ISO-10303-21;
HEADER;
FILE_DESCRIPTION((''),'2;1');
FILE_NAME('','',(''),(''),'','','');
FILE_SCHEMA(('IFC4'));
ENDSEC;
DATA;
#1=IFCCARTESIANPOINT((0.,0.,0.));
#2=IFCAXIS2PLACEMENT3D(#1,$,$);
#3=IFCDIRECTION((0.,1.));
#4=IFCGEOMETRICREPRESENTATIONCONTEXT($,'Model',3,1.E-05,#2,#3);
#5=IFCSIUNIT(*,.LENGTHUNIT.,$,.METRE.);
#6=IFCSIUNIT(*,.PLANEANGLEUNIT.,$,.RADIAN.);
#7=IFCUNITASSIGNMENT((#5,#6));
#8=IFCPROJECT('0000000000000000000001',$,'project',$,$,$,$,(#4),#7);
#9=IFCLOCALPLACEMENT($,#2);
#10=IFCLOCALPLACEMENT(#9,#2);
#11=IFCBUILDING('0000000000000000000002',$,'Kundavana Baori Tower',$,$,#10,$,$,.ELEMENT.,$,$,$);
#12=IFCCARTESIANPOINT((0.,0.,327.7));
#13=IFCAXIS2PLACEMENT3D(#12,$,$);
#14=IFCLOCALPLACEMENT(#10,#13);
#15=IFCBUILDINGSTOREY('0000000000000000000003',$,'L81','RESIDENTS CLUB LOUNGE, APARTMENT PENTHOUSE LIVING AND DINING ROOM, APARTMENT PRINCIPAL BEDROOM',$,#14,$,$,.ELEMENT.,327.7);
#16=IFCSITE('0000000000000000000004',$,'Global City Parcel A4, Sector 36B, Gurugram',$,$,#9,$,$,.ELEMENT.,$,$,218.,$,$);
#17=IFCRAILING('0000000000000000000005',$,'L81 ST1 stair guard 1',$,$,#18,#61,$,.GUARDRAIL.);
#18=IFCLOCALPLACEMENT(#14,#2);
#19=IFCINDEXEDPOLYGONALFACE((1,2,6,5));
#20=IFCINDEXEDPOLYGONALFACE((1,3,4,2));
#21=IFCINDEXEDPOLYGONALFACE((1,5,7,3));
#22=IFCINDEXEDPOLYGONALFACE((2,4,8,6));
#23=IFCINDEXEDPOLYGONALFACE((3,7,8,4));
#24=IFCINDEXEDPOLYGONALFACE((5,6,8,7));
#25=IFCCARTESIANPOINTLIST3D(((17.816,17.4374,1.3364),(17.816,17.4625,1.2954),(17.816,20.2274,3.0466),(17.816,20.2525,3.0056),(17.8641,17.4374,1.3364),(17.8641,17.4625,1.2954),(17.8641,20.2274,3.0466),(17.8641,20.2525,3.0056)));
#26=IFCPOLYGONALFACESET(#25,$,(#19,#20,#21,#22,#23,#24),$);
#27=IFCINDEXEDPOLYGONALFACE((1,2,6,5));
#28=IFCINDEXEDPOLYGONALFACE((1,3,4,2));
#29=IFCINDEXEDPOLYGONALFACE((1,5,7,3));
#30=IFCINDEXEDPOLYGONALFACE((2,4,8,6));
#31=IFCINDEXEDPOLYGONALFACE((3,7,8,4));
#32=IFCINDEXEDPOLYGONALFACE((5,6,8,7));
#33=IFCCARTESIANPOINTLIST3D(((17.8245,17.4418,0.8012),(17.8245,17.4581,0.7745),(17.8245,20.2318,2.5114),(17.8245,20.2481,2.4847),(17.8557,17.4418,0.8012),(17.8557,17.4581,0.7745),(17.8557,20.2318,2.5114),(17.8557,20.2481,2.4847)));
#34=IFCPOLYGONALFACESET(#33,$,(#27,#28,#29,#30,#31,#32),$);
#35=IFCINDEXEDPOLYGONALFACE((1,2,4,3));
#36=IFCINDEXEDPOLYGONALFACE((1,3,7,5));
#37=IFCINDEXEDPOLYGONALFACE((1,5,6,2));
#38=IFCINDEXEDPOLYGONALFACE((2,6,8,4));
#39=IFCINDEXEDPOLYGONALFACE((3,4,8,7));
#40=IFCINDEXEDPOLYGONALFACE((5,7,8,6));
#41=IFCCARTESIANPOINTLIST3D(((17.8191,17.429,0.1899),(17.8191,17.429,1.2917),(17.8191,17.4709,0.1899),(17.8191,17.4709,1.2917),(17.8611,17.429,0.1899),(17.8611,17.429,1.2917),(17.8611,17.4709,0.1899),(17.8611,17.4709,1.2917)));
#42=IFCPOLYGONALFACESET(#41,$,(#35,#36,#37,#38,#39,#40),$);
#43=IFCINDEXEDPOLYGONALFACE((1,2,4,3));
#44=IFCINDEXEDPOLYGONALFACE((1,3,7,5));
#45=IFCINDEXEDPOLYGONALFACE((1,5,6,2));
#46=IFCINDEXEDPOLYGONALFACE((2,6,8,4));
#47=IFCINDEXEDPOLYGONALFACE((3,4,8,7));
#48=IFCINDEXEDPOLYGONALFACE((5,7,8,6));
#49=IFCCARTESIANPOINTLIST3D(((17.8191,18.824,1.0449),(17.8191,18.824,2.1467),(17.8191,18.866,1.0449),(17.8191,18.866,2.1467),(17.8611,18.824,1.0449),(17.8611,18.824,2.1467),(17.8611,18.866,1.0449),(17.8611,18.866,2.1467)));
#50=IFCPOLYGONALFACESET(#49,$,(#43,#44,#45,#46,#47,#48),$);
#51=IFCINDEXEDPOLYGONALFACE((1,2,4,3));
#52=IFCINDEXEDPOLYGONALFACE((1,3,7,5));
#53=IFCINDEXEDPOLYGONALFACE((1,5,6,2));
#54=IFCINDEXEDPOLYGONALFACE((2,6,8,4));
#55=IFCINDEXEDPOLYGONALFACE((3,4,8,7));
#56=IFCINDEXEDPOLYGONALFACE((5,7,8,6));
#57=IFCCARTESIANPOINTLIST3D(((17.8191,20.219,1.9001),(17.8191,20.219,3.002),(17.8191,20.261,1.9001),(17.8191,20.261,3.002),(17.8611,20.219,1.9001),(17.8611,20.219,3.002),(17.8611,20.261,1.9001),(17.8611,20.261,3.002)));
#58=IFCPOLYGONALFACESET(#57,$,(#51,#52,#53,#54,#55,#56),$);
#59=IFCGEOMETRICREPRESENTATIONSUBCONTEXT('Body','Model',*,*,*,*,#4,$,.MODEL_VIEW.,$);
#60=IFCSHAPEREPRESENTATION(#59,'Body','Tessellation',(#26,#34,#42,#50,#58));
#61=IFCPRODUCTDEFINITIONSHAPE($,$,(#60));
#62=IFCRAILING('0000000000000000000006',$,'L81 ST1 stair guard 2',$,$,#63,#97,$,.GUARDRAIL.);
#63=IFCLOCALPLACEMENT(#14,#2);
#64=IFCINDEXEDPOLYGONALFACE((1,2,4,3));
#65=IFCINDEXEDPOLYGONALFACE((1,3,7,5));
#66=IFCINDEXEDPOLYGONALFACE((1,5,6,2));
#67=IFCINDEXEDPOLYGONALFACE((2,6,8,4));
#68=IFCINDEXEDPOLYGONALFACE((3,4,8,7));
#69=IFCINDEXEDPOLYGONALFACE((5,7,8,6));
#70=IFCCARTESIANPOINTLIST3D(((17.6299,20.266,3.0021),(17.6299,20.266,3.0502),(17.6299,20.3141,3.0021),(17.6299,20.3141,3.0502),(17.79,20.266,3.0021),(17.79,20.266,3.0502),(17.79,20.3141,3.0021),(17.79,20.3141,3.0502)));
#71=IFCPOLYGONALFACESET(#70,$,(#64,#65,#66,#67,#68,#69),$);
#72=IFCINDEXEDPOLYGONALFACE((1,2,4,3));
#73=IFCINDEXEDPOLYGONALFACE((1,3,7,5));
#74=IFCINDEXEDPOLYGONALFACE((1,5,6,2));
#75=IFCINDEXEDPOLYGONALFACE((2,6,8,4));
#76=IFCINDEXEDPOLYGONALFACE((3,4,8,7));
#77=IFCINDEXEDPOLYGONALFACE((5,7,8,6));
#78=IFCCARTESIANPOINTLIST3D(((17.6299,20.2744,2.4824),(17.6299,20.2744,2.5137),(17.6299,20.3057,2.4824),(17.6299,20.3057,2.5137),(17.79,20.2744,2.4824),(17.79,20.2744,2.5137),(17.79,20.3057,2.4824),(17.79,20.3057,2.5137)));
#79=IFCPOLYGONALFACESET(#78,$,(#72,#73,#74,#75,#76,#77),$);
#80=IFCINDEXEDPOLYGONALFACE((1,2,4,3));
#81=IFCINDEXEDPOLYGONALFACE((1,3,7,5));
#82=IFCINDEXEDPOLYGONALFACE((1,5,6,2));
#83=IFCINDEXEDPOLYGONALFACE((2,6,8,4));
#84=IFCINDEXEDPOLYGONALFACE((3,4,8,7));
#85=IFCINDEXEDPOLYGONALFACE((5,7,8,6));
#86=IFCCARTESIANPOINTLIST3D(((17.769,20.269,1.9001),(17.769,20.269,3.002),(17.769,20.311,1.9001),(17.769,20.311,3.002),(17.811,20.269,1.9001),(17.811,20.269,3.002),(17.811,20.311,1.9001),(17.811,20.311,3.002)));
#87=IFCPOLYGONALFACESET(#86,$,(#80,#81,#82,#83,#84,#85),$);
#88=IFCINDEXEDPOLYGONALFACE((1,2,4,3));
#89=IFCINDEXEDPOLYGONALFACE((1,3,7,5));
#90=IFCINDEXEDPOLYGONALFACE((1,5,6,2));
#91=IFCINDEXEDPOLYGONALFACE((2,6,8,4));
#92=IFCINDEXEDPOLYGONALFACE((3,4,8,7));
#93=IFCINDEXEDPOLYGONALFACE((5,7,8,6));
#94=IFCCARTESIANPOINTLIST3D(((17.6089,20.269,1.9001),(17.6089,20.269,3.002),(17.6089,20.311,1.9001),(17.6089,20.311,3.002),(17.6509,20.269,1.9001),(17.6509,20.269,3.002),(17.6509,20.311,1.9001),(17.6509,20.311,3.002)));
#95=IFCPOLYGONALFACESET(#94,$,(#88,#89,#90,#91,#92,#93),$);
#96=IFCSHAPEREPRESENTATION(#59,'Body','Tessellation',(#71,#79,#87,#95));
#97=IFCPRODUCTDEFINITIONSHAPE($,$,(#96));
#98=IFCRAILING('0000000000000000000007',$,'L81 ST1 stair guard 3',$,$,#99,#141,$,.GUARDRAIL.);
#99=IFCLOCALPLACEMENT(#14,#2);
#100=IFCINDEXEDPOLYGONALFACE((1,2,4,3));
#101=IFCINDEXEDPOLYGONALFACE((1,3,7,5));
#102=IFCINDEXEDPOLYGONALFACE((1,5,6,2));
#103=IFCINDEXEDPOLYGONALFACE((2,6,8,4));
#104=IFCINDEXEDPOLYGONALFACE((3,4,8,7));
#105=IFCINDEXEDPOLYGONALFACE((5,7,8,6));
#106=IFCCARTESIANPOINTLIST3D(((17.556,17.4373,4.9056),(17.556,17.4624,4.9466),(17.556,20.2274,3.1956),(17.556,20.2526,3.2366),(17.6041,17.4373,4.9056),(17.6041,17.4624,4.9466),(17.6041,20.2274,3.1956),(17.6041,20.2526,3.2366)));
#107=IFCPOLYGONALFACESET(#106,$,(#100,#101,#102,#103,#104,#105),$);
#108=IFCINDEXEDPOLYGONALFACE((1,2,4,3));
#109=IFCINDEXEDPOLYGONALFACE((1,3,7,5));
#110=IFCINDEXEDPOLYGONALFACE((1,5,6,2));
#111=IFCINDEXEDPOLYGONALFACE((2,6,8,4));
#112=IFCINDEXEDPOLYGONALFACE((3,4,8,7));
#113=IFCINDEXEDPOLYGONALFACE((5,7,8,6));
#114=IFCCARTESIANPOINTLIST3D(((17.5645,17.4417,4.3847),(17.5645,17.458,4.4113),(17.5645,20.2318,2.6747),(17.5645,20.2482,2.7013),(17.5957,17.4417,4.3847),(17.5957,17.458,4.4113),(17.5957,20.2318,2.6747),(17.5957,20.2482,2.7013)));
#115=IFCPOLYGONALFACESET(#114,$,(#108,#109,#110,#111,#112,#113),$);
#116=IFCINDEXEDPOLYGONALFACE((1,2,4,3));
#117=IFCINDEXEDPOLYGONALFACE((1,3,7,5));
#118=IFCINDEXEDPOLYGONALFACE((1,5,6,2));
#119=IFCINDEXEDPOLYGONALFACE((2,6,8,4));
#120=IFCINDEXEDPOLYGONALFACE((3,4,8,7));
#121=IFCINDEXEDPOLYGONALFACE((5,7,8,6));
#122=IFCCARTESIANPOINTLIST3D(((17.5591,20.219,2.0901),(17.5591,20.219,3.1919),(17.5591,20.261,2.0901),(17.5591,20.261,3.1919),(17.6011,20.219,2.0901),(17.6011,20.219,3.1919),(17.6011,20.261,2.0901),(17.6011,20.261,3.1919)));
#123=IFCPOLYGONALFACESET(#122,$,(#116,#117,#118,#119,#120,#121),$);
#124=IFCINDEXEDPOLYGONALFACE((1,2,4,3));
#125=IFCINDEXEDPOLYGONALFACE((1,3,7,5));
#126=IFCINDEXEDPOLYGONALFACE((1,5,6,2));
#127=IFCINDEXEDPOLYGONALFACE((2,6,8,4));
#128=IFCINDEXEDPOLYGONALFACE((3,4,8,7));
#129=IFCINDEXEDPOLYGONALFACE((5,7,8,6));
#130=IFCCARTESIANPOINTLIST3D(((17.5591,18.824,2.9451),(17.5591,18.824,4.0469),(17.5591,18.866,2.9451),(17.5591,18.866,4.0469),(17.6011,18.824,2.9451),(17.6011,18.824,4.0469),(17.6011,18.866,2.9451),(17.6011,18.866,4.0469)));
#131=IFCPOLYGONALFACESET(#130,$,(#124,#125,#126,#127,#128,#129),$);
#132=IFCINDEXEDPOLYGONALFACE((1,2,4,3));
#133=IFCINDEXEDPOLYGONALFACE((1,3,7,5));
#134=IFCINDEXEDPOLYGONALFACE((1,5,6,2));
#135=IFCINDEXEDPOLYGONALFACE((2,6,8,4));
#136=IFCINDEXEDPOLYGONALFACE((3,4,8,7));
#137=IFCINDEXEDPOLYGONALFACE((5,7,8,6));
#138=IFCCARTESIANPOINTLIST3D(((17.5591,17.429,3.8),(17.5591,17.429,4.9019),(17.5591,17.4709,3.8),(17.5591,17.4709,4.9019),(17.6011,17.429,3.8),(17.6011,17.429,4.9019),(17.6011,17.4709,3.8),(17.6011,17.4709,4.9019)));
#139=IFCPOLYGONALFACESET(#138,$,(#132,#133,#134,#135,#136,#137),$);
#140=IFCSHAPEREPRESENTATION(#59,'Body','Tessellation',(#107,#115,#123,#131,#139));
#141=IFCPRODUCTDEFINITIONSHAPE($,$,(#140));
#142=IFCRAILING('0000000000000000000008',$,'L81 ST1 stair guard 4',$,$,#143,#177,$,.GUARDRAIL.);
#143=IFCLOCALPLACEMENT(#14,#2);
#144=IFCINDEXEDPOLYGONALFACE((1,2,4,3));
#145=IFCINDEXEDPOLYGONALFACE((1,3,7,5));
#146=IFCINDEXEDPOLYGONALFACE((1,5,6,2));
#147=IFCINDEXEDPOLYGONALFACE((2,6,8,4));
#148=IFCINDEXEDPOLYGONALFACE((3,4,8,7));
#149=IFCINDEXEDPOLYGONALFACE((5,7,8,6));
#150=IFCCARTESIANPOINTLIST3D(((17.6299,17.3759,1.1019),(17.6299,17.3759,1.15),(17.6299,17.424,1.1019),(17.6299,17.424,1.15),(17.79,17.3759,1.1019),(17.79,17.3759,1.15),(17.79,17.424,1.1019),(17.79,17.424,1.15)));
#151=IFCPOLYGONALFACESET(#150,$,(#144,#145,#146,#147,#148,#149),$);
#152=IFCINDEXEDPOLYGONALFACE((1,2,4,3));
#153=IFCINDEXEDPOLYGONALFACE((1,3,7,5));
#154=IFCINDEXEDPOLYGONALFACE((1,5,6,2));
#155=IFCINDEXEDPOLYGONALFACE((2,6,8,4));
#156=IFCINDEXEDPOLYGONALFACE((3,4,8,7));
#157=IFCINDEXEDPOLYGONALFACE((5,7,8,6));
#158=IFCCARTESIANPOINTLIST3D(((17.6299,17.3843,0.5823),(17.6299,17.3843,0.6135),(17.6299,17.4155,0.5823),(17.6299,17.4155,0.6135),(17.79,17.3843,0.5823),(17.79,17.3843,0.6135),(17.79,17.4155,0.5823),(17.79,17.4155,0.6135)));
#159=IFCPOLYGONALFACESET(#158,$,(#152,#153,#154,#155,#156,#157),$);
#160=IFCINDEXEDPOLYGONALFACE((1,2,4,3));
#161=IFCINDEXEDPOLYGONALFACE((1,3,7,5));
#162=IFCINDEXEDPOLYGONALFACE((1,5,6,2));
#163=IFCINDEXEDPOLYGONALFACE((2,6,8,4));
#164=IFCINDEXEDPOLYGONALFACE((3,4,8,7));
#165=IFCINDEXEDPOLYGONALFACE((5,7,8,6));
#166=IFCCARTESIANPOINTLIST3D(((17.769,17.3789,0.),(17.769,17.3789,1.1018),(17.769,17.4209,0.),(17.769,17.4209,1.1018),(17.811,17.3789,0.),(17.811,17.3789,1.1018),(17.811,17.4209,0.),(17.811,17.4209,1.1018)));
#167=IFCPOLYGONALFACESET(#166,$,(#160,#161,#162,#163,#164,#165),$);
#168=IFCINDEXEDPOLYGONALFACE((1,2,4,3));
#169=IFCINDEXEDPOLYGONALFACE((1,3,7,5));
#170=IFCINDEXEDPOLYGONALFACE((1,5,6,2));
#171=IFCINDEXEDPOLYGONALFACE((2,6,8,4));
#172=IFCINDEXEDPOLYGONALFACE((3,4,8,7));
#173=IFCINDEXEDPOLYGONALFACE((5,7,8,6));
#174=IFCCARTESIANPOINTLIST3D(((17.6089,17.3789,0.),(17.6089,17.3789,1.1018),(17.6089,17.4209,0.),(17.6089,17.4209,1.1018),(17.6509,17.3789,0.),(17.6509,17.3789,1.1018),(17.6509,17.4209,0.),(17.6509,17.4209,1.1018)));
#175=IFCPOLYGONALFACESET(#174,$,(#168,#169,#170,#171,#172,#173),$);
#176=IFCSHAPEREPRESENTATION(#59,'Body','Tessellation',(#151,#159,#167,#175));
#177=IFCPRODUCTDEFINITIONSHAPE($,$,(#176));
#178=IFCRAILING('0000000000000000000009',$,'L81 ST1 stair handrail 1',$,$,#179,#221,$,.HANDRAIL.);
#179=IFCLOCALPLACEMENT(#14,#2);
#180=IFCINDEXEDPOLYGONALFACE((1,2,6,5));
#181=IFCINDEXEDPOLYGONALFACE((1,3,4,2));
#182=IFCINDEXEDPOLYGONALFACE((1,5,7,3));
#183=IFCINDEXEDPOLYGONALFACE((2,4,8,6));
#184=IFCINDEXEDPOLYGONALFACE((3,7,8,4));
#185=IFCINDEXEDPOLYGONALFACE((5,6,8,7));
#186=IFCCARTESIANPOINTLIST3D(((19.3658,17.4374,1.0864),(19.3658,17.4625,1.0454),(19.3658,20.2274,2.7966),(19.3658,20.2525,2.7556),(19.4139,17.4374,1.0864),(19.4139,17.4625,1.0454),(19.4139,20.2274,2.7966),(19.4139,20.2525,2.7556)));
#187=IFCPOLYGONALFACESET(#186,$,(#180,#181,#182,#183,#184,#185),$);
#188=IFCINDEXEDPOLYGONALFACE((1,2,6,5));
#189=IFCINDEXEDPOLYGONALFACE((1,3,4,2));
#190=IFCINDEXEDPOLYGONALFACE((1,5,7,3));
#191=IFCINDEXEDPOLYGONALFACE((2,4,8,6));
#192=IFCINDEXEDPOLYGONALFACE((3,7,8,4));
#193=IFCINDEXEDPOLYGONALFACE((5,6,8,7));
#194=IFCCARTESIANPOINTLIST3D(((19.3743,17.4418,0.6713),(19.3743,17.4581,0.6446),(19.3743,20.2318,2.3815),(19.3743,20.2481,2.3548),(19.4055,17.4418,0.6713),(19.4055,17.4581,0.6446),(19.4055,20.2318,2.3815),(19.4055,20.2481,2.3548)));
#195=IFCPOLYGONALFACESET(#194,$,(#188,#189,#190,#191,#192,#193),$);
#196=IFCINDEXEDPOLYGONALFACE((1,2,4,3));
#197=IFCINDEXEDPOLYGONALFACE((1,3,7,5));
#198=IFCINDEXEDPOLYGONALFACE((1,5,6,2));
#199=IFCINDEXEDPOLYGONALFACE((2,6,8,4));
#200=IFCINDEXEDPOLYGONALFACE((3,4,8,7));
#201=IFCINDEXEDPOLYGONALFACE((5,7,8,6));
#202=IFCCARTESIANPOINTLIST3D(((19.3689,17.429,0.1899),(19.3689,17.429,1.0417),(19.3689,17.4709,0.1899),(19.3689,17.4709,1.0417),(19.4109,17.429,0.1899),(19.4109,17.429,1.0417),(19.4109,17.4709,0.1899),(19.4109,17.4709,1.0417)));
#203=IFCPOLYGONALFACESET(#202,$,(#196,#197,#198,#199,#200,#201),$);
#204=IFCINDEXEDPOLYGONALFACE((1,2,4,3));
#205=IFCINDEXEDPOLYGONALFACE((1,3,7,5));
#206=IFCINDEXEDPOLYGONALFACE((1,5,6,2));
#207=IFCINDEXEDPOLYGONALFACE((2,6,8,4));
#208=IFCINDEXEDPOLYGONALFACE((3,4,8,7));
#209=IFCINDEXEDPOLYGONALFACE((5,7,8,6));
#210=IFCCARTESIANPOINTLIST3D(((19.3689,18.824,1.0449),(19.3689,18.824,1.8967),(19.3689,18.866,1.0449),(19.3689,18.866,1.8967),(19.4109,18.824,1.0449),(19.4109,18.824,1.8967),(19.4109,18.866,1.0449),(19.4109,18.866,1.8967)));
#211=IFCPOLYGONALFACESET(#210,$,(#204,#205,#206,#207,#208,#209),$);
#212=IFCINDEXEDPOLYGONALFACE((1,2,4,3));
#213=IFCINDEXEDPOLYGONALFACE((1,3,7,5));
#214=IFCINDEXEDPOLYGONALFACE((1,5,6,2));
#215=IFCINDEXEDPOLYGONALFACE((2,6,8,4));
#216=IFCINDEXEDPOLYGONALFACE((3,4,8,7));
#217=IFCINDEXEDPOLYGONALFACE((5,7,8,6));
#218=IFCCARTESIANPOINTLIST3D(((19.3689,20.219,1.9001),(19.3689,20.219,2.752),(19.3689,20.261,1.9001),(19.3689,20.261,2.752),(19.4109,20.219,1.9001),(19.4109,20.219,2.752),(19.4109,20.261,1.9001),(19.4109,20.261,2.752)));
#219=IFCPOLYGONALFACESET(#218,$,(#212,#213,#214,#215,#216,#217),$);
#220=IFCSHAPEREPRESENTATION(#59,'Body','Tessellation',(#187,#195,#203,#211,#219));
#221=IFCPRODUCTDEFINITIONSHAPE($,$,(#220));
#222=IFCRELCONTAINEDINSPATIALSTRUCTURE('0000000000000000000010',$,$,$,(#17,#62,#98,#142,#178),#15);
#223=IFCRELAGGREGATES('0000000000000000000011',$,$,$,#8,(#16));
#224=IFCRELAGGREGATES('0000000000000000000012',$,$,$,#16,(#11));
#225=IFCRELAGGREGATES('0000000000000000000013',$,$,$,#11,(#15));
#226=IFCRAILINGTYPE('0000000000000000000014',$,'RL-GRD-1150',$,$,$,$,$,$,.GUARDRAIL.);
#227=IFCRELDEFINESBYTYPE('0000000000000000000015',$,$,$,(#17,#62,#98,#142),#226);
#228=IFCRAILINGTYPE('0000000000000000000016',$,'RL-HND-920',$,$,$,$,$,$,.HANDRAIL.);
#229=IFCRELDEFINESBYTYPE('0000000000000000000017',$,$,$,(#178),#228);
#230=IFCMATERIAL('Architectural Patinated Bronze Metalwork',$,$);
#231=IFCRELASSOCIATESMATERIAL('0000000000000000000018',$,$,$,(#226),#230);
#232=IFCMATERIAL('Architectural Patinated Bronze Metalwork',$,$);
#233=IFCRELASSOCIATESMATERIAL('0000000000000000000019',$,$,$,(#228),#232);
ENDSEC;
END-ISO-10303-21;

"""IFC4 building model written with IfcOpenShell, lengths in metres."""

from ifc_helpers import new_model, si_unit, direction, frame, origin, origin_2d, place, context, subcontext, project, spatial, rectangle, extrude, material, type_object, element, save


model = new_model("IFC4")

# Units and contexts
model_context = context("Model", 3, precision=1e-05, world=origin(), true_north=direction((0.0, 1.0)))
body_context = subcontext(model_context, "Body", "Model", "MODEL_VIEW")
ifc_project = project(units=[si_unit("LENGTHUNIT", "METRE"), si_unit("PLANEANGLEUNIT", "RADIAN")], contexts=[model_context])

# Site, building, storey
site_placement = place(None, origin())
site = spatial("IfcSite", under=ifc_project, at=site_placement, Name="Global City Parcel A4, Sector 36B, Gurugram", CompositionType="ELEMENT", RefElevation=218.0)
building_placement = place(site_placement, origin())
building = spatial("IfcBuilding", under=site, at=building_placement, Name="Kundavana Baori Tower", CompositionType="ELEMENT")
storey_placement = place(building_placement, frame((0.0, 0.0, 327.7)))
storey = spatial("IfcBuildingStorey", under=building, at=storey_placement, Name="L81", Description="RESIDENTS CLUB LOUNGE, APARTMENT PENTHOUSE LIVING AND DINING ROOM, APARTMENT PRINCIPAL BEDROOM", CompositionType="ELEMENT", Elevation=327.7)

# Railings
ifc_material_1 = material(Name="Architectural Patinated Bronze Metalwork")
railing_type_1 = type_object("IfcRailingType", Name="RL-GRD-1150", PredefinedType="GUARDRAIL", material=ifc_material_1)
railing_1_placement = place(storey_placement, frame((17.8401, 17.45, 0.1899)))
element("IfcRailing", 1, at=railing_1_placement, inside=storey, type_object=railing_type_1, Name="L81 ST1 stair guard 1", PredefinedType="GUARDRAIL", context=body_context, shape_type="SweptSolid", body=[
    extrude(rectangle(XDim=0.0481, YDim=0.0481, at=origin_2d()), frame((0.0, 0.0, 1.126), z_axis=(0.0, 0.852577, 0.522602), x_axis=(-1.0, 0.0, 0.0)), (0.0, 0.0, 1.0), 3.2725),
    extrude(rectangle(XDim=0.0312, YDim=0.0312, at=origin_2d()), frame((0.0, 0.0, 0.5979), z_axis=(0.0, 0.852577, 0.522602), x_axis=(-1.0, 0.0, 0.0)), (0.0, 0.0, 1.0), 3.2725),
    extrude(rectangle(XDim=0.042, YDim=0.042, at=origin_2d()), origin(), (0.0, 0.0, 1.0), 1.1018),
    extrude(rectangle(XDim=0.042, YDim=0.042, at=origin_2d()), frame((0.0, 1.395, 0.855)), (0.0, 0.0, 1.0), 1.1018),
    extrude(rectangle(XDim=0.042, YDim=0.042, at=origin_2d()), frame((0.0, 2.79, 1.7102)), (0.0, 0.0, 1.0), 1.1018),
])
railing_2_placement = place(storey_placement, frame((17.79, 20.29, 1.9001)))
element("IfcRailing", 2, at=railing_2_placement, inside=storey, type_object=railing_type_1, Name="L81 ST1 stair guard 2", PredefinedType="GUARDRAIL", context=body_context, shape_type="SweptSolid", body=[
    extrude(rectangle(XDim=0.0481, YDim=0.0481, at=origin_2d()), frame((0.0, 0.0, 1.126), z_axis=(-1.0, 0.0, 0.0), x_axis=(0.0, -1.0, 0.0)), (0.0, 0.0, 1.0), 0.1602),
    extrude(rectangle(XDim=0.0312, YDim=0.0312, at=origin_2d()), frame((0.0, 0.0, 0.5979), z_axis=(-1.0, 0.0, 0.0), x_axis=(0.0, -1.0, 0.0)), (0.0, 0.0, 1.0), 0.1602),
    extrude(rectangle(XDim=0.042, YDim=0.042, at=origin_2d()), origin(), (0.0, 0.0, 1.0), 1.1018),
    extrude(rectangle(XDim=0.042, YDim=0.042, at=origin_2d()), frame((-0.1602, 0.0, 0.0)), (0.0, 0.0, 1.0), 1.1018),
])
railing_3_placement = place(storey_placement, frame((17.5801, 20.24, 2.0901)))
element("IfcRailing", 3, at=railing_3_placement, inside=storey, type_object=railing_type_1, Name="L81 ST1 stair guard 3", PredefinedType="GUARDRAIL", context=body_context, shape_type="SweptSolid", body=[
    extrude(rectangle(XDim=0.0481, YDim=0.0481, at=origin_2d()), frame((0.0, 0.0, 1.126), z_axis=(0.0, -0.85261, 0.522548), x_axis=(1.0, 0.0, 0.0)), (0.0, 0.0, 1.0), 3.2725),
    extrude(rectangle(XDim=0.0312, YDim=0.0312, at=origin_2d()), frame((0.0, 0.0, 0.5979), z_axis=(0.0, -0.85261, 0.522548), x_axis=(1.0, 0.0, 0.0)), (0.0, 0.0, 1.0), 3.2725),
    extrude(rectangle(XDim=0.042, YDim=0.042, at=origin_2d()), origin(), (0.0, 0.0, 1.0), 1.1018),
    extrude(rectangle(XDim=0.042, YDim=0.042, at=origin_2d()), frame((0.0, -1.395, 0.855)), (0.0, 0.0, 1.0), 1.1018),
    extrude(rectangle(XDim=0.042, YDim=0.042, at=origin_2d()), frame((0.0, -2.79, 1.71)), (0.0, 0.0, 1.0), 1.1018),
])
railing_4_placement = place(storey_placement, frame((17.79, 17.3999, 0.0)))
element("IfcRailing", 4, at=railing_4_placement, inside=storey, type_object=railing_type_1, Name="L81 ST1 stair guard 4", PredefinedType="GUARDRAIL", context=body_context, shape_type="SweptSolid", body=[
    extrude(rectangle(XDim=0.0481, YDim=0.0481, at=origin_2d()), frame((0.0, 0.0, 1.126), z_axis=(-1.0, 0.0, 0.0), x_axis=(0.0, -1.0, 0.0)), (0.0, 0.0, 1.0), 0.1602),
    extrude(rectangle(XDim=0.0312, YDim=0.0312, at=origin_2d()), frame((0.0, 0.0, 0.5979), z_axis=(-1.0, 0.0, 0.0), x_axis=(0.0, -1.0, 0.0)), (0.0, 0.0, 1.0), 0.1602),
    extrude(rectangle(XDim=0.042, YDim=0.042, at=origin_2d()), origin(), (0.0, 0.0, 1.0), 1.1018),
    extrude(rectangle(XDim=0.042, YDim=0.042, at=origin_2d()), frame((-0.1602, 0.0, 0.0)), (0.0, 0.0, 1.0), 1.1018),
])
ifc_material_2 = material(Name="Architectural Patinated Bronze Metalwork")
railing_type_2 = type_object("IfcRailingType", Name="RL-HND-920", PredefinedType="HANDRAIL", material=ifc_material_2)
railing_5_placement = place(storey_placement, frame((19.3899, 17.45, 0.1899)))
element("IfcRailing", 5, at=railing_5_placement, inside=storey, type_object=railing_type_2, Name="L81 ST1 stair handrail 1", PredefinedType="HANDRAIL", context=body_context, shape_type="SweptSolid", body=[
    extrude(rectangle(XDim=0.0481, YDim=0.0481, at=origin_2d()), frame((0.0, 0.0, 0.876), z_axis=(0.0, 0.852577, 0.522602), x_axis=(-1.0, 0.0, 0.0)), (0.0, 0.0, 1.0), 3.2725),
    extrude(rectangle(XDim=0.0312, YDim=0.0312, at=origin_2d()), frame((0.0, 0.0, 0.468), z_axis=(0.0, 0.852577, 0.522602), x_axis=(-1.0, 0.0, 0.0)), (0.0, 0.0, 1.0), 3.2725),
    extrude(rectangle(XDim=0.042, YDim=0.042, at=origin_2d()), origin(), (0.0, 0.0, 1.0), 0.8518),
    extrude(rectangle(XDim=0.042, YDim=0.042, at=origin_2d()), frame((0.0, 1.395, 0.855)), (0.0, 0.0, 1.0), 0.8518),
    extrude(rectangle(XDim=0.042, YDim=0.042, at=origin_2d()), frame((0.0, 2.79, 1.7102)), (0.0, 0.0, 1.0), 0.8518),
])

save(model, "model.ifc")
